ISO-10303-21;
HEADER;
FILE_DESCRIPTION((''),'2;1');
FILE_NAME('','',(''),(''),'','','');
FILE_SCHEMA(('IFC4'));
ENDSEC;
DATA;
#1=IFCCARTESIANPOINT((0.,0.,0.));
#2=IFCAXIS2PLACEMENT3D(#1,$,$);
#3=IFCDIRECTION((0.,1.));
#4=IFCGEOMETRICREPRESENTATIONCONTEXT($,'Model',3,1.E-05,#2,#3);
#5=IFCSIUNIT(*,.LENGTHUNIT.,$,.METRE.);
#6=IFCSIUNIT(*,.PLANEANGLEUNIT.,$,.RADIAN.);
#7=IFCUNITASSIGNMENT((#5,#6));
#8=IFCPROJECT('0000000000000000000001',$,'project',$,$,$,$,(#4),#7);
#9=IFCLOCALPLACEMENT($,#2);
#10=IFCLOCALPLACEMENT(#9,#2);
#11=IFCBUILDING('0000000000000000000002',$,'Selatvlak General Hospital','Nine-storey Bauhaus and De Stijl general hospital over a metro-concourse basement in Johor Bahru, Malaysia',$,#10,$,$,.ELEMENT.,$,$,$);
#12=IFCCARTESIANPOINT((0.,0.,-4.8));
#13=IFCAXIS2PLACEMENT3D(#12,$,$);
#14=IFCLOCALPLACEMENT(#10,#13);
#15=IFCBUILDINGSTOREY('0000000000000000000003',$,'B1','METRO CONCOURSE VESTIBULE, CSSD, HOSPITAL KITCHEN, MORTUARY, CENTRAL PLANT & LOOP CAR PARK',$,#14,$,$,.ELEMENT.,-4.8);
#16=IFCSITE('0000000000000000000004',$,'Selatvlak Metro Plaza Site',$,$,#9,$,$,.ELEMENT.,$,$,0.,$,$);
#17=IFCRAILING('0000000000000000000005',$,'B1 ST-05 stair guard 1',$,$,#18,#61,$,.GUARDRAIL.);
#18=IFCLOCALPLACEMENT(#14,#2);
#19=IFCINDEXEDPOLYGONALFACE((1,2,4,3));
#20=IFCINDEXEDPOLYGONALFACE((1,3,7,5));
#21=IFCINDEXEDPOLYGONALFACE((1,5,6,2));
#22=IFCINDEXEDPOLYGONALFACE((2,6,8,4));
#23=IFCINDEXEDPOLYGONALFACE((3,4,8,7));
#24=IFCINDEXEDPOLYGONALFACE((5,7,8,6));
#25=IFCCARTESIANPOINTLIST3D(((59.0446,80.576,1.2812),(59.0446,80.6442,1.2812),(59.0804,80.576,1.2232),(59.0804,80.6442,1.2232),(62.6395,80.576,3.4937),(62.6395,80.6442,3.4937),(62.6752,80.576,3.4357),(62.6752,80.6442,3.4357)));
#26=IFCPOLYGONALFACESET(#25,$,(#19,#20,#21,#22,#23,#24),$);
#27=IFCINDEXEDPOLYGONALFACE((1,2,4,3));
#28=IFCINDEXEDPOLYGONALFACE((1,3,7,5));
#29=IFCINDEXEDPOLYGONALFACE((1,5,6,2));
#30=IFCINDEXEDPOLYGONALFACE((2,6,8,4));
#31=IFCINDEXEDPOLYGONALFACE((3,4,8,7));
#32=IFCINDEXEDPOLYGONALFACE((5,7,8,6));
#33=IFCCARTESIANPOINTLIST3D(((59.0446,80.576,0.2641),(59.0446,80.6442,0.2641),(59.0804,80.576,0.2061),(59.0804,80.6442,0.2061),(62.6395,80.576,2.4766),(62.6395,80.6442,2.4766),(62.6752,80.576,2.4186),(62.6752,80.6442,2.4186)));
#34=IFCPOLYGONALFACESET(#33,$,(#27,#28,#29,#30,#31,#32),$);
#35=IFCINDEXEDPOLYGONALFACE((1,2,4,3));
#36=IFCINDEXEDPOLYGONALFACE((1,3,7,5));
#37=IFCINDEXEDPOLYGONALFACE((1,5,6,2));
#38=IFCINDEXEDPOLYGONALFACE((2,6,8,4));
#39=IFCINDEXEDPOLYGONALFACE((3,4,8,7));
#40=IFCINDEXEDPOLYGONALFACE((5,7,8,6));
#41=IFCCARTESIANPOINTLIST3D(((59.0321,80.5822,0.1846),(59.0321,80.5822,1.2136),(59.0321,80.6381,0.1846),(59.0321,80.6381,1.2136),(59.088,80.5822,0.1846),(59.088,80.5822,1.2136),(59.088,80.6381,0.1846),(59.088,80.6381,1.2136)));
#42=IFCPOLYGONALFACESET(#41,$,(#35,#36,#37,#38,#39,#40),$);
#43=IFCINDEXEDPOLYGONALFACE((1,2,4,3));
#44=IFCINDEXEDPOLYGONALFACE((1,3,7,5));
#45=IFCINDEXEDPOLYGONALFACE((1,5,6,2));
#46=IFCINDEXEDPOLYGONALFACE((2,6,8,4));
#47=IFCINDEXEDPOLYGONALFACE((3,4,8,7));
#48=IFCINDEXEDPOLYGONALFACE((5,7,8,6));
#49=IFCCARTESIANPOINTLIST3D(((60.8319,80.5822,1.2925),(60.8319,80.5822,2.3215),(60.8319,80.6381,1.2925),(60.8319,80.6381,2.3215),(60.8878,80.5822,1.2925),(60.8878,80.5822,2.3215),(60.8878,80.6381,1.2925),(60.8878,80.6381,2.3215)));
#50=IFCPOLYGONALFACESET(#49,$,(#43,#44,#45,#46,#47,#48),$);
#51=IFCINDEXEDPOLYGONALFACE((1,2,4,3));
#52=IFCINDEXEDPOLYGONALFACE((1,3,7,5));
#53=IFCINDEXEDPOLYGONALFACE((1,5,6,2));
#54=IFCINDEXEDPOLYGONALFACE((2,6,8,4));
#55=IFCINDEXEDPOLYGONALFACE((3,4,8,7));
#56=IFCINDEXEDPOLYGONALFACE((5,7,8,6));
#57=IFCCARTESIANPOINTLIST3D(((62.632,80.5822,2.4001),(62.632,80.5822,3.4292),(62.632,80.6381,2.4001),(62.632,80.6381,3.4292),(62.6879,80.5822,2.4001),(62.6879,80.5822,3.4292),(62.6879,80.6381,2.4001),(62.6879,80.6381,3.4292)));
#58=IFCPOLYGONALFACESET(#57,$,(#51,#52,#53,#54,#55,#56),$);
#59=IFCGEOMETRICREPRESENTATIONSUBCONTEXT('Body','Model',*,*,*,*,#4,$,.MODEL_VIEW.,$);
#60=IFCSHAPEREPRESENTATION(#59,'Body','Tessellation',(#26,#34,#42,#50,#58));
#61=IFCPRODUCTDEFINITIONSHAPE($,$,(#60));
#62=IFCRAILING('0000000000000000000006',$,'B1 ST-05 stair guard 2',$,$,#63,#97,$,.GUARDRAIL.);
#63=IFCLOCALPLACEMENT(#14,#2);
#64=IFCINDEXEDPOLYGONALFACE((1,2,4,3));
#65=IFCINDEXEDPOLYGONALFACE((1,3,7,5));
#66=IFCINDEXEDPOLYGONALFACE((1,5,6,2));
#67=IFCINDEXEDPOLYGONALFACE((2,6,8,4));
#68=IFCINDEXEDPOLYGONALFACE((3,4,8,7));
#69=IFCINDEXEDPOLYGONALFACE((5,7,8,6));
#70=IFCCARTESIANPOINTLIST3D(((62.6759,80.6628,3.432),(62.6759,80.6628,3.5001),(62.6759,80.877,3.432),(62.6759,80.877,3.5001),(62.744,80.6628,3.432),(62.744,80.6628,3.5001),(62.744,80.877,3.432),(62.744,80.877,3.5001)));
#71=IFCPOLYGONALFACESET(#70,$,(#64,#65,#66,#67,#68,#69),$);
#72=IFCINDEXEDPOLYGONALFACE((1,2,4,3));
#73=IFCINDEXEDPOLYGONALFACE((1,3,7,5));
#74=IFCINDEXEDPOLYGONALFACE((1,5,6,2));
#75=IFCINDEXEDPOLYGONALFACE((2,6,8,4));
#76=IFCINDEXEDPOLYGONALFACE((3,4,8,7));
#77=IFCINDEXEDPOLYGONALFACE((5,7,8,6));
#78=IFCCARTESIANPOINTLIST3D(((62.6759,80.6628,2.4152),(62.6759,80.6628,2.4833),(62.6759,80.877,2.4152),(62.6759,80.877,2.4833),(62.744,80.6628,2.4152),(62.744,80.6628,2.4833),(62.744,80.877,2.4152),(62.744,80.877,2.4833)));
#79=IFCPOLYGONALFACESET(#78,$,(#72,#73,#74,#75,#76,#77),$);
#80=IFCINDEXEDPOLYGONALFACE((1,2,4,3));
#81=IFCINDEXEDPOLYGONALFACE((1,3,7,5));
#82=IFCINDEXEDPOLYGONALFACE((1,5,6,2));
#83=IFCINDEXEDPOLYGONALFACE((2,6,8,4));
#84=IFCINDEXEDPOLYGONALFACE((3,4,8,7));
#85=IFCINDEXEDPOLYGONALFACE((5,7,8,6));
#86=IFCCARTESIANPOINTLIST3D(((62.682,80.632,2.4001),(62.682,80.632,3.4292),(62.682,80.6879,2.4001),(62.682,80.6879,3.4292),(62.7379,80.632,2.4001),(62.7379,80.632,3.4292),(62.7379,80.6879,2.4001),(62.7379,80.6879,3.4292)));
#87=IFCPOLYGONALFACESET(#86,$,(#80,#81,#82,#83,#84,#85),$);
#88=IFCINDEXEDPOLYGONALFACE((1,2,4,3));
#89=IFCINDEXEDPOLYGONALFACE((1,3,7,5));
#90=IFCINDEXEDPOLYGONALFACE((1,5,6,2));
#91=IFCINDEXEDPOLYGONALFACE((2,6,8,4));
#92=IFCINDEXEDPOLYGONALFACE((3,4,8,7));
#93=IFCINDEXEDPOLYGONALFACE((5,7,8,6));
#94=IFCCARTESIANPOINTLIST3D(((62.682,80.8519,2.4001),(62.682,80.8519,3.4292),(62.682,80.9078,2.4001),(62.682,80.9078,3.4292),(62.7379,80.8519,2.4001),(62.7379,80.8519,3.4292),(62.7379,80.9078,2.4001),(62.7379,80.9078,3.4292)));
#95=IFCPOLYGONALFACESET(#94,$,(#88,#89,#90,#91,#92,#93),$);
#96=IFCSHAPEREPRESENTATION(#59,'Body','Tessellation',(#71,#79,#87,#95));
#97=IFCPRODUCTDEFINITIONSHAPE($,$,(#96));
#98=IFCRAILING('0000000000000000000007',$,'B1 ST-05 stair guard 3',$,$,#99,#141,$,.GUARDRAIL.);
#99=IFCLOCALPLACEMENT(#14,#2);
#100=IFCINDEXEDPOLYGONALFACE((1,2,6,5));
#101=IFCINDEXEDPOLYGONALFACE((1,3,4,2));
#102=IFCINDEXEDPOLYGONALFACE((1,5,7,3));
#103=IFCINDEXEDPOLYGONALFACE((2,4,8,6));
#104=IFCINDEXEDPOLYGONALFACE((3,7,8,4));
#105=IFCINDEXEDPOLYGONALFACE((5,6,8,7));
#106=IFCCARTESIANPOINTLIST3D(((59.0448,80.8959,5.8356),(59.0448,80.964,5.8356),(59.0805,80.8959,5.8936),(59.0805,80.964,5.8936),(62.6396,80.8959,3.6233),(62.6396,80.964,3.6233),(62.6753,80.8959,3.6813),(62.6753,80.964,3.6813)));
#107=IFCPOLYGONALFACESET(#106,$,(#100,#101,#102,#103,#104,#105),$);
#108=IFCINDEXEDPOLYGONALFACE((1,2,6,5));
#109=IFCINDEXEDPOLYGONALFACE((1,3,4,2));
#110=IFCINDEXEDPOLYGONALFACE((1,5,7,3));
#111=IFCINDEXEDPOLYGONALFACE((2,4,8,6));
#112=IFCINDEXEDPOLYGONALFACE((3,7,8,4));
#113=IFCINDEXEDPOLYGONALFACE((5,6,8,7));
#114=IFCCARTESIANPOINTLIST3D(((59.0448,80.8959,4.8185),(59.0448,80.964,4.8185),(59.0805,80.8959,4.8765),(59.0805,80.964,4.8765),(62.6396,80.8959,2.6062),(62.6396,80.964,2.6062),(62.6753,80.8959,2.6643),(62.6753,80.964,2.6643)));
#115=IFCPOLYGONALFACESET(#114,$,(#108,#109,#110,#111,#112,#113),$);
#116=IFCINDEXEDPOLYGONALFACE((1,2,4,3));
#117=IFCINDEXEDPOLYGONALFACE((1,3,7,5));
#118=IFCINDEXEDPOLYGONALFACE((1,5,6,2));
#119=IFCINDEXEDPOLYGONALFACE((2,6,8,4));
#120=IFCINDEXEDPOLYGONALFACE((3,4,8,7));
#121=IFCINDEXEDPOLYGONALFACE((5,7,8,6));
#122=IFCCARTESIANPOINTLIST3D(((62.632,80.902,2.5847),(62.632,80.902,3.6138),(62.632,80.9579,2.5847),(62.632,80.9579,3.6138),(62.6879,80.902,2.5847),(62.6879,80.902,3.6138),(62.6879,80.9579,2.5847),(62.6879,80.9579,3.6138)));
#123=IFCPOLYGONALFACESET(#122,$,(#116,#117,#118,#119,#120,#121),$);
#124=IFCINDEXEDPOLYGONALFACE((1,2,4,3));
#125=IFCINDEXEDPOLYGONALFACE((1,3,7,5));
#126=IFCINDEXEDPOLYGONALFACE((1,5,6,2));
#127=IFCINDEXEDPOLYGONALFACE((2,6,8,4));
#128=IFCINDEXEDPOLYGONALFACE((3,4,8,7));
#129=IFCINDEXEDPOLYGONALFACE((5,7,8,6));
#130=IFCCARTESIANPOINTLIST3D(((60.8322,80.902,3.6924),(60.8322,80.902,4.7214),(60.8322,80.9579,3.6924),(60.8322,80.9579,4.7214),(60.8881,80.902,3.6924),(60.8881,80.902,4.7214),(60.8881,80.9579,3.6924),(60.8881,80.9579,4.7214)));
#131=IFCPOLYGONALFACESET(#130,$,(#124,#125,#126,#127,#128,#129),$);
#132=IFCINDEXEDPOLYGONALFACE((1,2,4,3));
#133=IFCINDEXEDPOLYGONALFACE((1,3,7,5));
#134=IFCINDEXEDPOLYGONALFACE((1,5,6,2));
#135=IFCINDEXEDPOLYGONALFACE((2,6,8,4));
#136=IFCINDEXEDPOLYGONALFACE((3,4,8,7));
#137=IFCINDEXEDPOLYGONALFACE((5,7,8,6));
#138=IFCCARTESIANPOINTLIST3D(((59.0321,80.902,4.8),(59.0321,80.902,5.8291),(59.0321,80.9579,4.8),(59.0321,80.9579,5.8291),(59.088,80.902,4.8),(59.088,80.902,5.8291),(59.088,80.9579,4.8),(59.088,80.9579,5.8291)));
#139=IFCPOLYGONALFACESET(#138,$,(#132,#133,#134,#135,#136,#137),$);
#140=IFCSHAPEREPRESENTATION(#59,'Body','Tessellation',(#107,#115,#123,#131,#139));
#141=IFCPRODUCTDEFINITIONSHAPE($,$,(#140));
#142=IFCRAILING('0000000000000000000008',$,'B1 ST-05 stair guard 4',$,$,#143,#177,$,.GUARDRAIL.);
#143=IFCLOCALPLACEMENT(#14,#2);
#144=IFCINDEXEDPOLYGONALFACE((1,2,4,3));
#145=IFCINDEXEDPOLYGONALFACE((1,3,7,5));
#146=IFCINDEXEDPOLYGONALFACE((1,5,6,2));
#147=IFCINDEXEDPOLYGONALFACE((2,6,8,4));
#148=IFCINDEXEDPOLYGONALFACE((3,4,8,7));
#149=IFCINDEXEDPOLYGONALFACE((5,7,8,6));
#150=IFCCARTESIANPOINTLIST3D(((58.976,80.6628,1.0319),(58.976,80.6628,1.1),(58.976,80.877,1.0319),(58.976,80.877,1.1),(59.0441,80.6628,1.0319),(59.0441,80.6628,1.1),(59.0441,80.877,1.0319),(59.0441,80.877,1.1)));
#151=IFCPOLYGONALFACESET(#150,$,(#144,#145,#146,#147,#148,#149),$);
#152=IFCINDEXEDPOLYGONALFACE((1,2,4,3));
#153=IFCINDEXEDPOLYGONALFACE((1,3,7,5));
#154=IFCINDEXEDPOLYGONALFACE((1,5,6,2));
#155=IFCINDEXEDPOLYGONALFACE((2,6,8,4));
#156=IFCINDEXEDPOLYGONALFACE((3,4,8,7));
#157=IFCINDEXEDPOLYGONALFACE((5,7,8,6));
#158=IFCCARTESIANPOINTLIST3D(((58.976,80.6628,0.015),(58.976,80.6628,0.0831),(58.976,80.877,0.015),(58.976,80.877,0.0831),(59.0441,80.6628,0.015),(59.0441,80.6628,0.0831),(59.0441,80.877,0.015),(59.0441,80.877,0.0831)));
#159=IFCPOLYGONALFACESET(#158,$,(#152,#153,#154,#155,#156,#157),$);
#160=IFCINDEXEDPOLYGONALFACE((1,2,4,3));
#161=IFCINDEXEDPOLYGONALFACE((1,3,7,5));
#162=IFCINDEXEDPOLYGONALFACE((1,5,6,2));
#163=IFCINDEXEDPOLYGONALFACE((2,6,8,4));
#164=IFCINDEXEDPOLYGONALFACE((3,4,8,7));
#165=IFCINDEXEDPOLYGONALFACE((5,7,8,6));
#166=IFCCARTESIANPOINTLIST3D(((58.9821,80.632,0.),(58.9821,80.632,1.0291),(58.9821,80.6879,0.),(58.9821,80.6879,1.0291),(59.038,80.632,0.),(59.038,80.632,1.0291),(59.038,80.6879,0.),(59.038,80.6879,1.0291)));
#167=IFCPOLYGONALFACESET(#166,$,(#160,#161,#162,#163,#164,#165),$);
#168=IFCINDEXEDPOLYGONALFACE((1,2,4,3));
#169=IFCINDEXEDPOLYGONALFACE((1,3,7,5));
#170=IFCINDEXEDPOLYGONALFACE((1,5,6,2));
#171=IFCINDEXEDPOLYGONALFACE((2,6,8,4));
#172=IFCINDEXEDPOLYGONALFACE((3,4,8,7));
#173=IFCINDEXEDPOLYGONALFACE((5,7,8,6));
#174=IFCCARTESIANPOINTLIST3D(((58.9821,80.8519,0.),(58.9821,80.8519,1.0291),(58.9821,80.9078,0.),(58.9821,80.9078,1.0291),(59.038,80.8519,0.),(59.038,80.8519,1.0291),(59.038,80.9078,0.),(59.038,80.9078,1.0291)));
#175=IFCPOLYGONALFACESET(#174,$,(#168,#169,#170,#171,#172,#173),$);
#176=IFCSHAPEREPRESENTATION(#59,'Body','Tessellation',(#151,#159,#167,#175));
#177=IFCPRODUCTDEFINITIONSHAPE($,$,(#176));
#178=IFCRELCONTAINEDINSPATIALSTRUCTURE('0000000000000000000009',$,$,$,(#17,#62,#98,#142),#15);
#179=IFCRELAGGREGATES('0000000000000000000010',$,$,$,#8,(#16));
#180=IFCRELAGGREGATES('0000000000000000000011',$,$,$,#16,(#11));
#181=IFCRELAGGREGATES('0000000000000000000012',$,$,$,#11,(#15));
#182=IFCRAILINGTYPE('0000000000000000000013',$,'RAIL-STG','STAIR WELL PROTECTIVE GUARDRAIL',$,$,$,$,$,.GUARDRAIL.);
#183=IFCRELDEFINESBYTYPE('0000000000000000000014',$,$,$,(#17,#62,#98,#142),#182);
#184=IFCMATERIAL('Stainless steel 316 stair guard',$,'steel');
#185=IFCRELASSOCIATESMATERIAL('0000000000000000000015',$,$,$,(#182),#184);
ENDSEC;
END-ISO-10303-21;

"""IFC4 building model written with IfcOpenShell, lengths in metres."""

from ifc_helpers import new_model, si_unit, direction, frame, origin, origin_2d, place, context, subcontext, project, spatial, rectangle, extrude, material, type_object, element, save


model = new_model("IFC4")

# Units and contexts
model_context = context("Model", 3, precision=1e-05, world=origin(), true_north=direction((0.0, 1.0)))
body_context = subcontext(model_context, "Body", "Model", "MODEL_VIEW")
ifc_project = project(units=[si_unit("LENGTHUNIT", "METRE"), si_unit("PLANEANGLEUNIT", "RADIAN")], contexts=[model_context])

# Site, building, storey
site_placement = place(None, origin())
site = spatial("IfcSite", under=ifc_project, at=site_placement, Name="Selatvlak Metro Plaza Site", CompositionType="ELEMENT", RefElevation=0.0)
building_placement = place(site_placement, origin())
building = spatial("IfcBuilding", under=site, at=building_placement, Name="Selatvlak General Hospital", Description="Nine-storey Bauhaus and De Stijl general hospital over a metro-concourse basement in Johor Bahru, Malaysia", CompositionType="ELEMENT")
storey_placement = place(building_placement, frame((0.0, 0.0, -4.8)))
storey = spatial("IfcBuildingStorey", under=building, at=storey_placement, Name="B1", Description="METRO CONCOURSE VESTIBULE, CSSD, HOSPITAL KITCHEN, MORTUARY, CENTRAL PLANT & LOOP CAR PARK", CompositionType="ELEMENT", Elevation=-4.8)

# Railings
ifc_material_1 = material(Name="Stainless steel 316 stair guard", Category="steel")
railing_type_1 = type_object("IfcRailingType", Name="RAIL-STG", Description="STAIR WELL PROTECTIVE GUARDRAIL", PredefinedType="GUARDRAIL", material=ifc_material_1)
railing_1_placement = place(storey_placement, frame((59.0601, 80.6101, 0.1846)))
element("IfcRailing", 1, at=railing_1_placement, inside=storey, type_object=railing_type_1, Name="B1 ST-05 stair guard 1", PredefinedType="GUARDRAIL", context=body_context, shape_type="SweptSolid", body=[
    extrude(rectangle(XDim=0.0681, YDim=0.0681, at=origin_2d()), frame((0.0024, 0.0, 1.0676), z_axis=(0.851629, 0.0, 0.524146), x_axis=(0.0, 1.0, 0.0)), (0.0, 0.0, 1.0), 4.2212),
    extrude(rectangle(XDim=0.0681, YDim=0.0681, at=origin_2d()), frame((0.0024, 0.0, 0.0505), z_axis=(0.851629, 0.0, 0.524146), x_axis=(0.0, 1.0, 0.0)), (0.0, 0.0, 1.0), 4.2212),
    extrude(rectangle(XDim=0.0559, YDim=0.0559, at=origin_2d()), origin(), (0.0, 0.0, 1.0), 1.0291),
    extrude(rectangle(XDim=0.0559, YDim=0.0559, at=origin_2d()), frame((1.7998, 0.0, 1.1079)), (0.0, 0.0, 1.0), 1.0291),
    extrude(rectangle(XDim=0.0559, YDim=0.0559, at=origin_2d()), frame((3.5999, 0.0, 2.2156)), (0.0, 0.0, 1.0), 1.0291),
])
railing_2_placement = place(storey_placement, frame((62.71, 80.6599, 2.4001)))
element("IfcRailing", 2, at=railing_2_placement, inside=storey, type_object=railing_type_1, Name="B1 ST-05 stair guard 2", PredefinedType="GUARDRAIL", context=body_context, shape_type="SweptSolid", body=[
    extrude(rectangle(XDim=0.0681, YDim=0.0681, at=origin_2d()), frame((0.0, 0.0029, 1.0659), z_axis=(0.0, 1.0, 0.0), x_axis=(-1.0, 0.0, 0.0)), (0.0, 0.0, 1.0), 0.2141),
    extrude(rectangle(XDim=0.0681, YDim=0.0681, at=origin_2d()), frame((0.0, 0.0029, 0.0491), z_axis=(0.0, 1.0, 0.0), x_axis=(-1.0, 0.0, 0.0)), (0.0, 0.0, 1.0), 0.2141),
    extrude(rectangle(XDim=0.0559, YDim=0.0559, at=origin_2d()), origin(), (0.0, 0.0, 1.0), 1.0291),
    extrude(rectangle(XDim=0.0559, YDim=0.0559, at=origin_2d()), frame((0.0, 0.22, 0.0)), (0.0, 0.0, 1.0), 1.0291),
])
railing_3_placement = place(storey_placement, frame((62.6599, 80.9299, 2.5847)))
element("IfcRailing", 3, at=railing_3_placement, inside=storey, type_object=railing_type_1, Name="B1 ST-05 stair guard 3", PredefinedType="GUARDRAIL", context=body_context, shape_type="SweptSolid", body=[
    extrude(rectangle(XDim=0.0681, YDim=0.0681, at=origin_2d()), frame((-0.0024, 0.0, 1.0676), z_axis=(-0.851654, 0.0, 0.524104), x_axis=(0.0, -1.0, 0.0)), (0.0, 0.0, 1.0), 4.2209),
    extrude(rectangle(XDim=0.0681, YDim=0.0681, at=origin_2d()), frame((-0.0024, 0.0, 0.0505), z_axis=(-0.851654, 0.0, 0.524104), x_axis=(0.0, -1.0, 0.0)), (0.0, 0.0, 1.0), 4.2209),
    extrude(rectangle(XDim=0.0559, YDim=0.0559, at=origin_2d()), origin(), (0.0, 0.0, 1.0), 1.0291),
    extrude(rectangle(XDim=0.0559, YDim=0.0559, at=origin_2d()), frame((-1.7998, 0.0, 1.1077)), (0.0, 0.0, 1.0), 1.0291),
    extrude(rectangle(XDim=0.0559, YDim=0.0559, at=origin_2d()), frame((-3.5999, 0.0, 2.2153)), (0.0, 0.0, 1.0), 1.0291),
])
railing_4_placement = place(storey_placement, frame((59.01, 80.6599, 0.0)))
element("IfcRailing", 4, at=railing_4_placement, inside=storey, type_object=railing_type_1, Name="B1 ST-05 stair guard 4", PredefinedType="GUARDRAIL", context=body_context, shape_type="SweptSolid", body=[
    extrude(rectangle(XDim=0.0681, YDim=0.0681, at=origin_2d()), frame((0.0, 0.0029, 1.0659), z_axis=(0.0, 1.0, 0.0), x_axis=(-1.0, 0.0, 0.0)), (0.0, 0.0, 1.0), 0.2141),
    extrude(rectangle(XDim=0.0681, YDim=0.0681, at=origin_2d()), frame((0.0, 0.0029, 0.0491), z_axis=(0.0, 1.0, 0.0), x_axis=(-1.0, 0.0, 0.0)), (0.0, 0.0, 1.0), 0.2141),
    extrude(rectangle(XDim=0.0559, YDim=0.0559, at=origin_2d()), origin(), (0.0, 0.0, 1.0), 1.0291),
    extrude(rectangle(XDim=0.0559, YDim=0.0559, at=origin_2d()), frame((0.0, 0.22, 0.0)), (0.0, 0.0, 1.0), 1.0291),
])

save(model, "model.ifc")
